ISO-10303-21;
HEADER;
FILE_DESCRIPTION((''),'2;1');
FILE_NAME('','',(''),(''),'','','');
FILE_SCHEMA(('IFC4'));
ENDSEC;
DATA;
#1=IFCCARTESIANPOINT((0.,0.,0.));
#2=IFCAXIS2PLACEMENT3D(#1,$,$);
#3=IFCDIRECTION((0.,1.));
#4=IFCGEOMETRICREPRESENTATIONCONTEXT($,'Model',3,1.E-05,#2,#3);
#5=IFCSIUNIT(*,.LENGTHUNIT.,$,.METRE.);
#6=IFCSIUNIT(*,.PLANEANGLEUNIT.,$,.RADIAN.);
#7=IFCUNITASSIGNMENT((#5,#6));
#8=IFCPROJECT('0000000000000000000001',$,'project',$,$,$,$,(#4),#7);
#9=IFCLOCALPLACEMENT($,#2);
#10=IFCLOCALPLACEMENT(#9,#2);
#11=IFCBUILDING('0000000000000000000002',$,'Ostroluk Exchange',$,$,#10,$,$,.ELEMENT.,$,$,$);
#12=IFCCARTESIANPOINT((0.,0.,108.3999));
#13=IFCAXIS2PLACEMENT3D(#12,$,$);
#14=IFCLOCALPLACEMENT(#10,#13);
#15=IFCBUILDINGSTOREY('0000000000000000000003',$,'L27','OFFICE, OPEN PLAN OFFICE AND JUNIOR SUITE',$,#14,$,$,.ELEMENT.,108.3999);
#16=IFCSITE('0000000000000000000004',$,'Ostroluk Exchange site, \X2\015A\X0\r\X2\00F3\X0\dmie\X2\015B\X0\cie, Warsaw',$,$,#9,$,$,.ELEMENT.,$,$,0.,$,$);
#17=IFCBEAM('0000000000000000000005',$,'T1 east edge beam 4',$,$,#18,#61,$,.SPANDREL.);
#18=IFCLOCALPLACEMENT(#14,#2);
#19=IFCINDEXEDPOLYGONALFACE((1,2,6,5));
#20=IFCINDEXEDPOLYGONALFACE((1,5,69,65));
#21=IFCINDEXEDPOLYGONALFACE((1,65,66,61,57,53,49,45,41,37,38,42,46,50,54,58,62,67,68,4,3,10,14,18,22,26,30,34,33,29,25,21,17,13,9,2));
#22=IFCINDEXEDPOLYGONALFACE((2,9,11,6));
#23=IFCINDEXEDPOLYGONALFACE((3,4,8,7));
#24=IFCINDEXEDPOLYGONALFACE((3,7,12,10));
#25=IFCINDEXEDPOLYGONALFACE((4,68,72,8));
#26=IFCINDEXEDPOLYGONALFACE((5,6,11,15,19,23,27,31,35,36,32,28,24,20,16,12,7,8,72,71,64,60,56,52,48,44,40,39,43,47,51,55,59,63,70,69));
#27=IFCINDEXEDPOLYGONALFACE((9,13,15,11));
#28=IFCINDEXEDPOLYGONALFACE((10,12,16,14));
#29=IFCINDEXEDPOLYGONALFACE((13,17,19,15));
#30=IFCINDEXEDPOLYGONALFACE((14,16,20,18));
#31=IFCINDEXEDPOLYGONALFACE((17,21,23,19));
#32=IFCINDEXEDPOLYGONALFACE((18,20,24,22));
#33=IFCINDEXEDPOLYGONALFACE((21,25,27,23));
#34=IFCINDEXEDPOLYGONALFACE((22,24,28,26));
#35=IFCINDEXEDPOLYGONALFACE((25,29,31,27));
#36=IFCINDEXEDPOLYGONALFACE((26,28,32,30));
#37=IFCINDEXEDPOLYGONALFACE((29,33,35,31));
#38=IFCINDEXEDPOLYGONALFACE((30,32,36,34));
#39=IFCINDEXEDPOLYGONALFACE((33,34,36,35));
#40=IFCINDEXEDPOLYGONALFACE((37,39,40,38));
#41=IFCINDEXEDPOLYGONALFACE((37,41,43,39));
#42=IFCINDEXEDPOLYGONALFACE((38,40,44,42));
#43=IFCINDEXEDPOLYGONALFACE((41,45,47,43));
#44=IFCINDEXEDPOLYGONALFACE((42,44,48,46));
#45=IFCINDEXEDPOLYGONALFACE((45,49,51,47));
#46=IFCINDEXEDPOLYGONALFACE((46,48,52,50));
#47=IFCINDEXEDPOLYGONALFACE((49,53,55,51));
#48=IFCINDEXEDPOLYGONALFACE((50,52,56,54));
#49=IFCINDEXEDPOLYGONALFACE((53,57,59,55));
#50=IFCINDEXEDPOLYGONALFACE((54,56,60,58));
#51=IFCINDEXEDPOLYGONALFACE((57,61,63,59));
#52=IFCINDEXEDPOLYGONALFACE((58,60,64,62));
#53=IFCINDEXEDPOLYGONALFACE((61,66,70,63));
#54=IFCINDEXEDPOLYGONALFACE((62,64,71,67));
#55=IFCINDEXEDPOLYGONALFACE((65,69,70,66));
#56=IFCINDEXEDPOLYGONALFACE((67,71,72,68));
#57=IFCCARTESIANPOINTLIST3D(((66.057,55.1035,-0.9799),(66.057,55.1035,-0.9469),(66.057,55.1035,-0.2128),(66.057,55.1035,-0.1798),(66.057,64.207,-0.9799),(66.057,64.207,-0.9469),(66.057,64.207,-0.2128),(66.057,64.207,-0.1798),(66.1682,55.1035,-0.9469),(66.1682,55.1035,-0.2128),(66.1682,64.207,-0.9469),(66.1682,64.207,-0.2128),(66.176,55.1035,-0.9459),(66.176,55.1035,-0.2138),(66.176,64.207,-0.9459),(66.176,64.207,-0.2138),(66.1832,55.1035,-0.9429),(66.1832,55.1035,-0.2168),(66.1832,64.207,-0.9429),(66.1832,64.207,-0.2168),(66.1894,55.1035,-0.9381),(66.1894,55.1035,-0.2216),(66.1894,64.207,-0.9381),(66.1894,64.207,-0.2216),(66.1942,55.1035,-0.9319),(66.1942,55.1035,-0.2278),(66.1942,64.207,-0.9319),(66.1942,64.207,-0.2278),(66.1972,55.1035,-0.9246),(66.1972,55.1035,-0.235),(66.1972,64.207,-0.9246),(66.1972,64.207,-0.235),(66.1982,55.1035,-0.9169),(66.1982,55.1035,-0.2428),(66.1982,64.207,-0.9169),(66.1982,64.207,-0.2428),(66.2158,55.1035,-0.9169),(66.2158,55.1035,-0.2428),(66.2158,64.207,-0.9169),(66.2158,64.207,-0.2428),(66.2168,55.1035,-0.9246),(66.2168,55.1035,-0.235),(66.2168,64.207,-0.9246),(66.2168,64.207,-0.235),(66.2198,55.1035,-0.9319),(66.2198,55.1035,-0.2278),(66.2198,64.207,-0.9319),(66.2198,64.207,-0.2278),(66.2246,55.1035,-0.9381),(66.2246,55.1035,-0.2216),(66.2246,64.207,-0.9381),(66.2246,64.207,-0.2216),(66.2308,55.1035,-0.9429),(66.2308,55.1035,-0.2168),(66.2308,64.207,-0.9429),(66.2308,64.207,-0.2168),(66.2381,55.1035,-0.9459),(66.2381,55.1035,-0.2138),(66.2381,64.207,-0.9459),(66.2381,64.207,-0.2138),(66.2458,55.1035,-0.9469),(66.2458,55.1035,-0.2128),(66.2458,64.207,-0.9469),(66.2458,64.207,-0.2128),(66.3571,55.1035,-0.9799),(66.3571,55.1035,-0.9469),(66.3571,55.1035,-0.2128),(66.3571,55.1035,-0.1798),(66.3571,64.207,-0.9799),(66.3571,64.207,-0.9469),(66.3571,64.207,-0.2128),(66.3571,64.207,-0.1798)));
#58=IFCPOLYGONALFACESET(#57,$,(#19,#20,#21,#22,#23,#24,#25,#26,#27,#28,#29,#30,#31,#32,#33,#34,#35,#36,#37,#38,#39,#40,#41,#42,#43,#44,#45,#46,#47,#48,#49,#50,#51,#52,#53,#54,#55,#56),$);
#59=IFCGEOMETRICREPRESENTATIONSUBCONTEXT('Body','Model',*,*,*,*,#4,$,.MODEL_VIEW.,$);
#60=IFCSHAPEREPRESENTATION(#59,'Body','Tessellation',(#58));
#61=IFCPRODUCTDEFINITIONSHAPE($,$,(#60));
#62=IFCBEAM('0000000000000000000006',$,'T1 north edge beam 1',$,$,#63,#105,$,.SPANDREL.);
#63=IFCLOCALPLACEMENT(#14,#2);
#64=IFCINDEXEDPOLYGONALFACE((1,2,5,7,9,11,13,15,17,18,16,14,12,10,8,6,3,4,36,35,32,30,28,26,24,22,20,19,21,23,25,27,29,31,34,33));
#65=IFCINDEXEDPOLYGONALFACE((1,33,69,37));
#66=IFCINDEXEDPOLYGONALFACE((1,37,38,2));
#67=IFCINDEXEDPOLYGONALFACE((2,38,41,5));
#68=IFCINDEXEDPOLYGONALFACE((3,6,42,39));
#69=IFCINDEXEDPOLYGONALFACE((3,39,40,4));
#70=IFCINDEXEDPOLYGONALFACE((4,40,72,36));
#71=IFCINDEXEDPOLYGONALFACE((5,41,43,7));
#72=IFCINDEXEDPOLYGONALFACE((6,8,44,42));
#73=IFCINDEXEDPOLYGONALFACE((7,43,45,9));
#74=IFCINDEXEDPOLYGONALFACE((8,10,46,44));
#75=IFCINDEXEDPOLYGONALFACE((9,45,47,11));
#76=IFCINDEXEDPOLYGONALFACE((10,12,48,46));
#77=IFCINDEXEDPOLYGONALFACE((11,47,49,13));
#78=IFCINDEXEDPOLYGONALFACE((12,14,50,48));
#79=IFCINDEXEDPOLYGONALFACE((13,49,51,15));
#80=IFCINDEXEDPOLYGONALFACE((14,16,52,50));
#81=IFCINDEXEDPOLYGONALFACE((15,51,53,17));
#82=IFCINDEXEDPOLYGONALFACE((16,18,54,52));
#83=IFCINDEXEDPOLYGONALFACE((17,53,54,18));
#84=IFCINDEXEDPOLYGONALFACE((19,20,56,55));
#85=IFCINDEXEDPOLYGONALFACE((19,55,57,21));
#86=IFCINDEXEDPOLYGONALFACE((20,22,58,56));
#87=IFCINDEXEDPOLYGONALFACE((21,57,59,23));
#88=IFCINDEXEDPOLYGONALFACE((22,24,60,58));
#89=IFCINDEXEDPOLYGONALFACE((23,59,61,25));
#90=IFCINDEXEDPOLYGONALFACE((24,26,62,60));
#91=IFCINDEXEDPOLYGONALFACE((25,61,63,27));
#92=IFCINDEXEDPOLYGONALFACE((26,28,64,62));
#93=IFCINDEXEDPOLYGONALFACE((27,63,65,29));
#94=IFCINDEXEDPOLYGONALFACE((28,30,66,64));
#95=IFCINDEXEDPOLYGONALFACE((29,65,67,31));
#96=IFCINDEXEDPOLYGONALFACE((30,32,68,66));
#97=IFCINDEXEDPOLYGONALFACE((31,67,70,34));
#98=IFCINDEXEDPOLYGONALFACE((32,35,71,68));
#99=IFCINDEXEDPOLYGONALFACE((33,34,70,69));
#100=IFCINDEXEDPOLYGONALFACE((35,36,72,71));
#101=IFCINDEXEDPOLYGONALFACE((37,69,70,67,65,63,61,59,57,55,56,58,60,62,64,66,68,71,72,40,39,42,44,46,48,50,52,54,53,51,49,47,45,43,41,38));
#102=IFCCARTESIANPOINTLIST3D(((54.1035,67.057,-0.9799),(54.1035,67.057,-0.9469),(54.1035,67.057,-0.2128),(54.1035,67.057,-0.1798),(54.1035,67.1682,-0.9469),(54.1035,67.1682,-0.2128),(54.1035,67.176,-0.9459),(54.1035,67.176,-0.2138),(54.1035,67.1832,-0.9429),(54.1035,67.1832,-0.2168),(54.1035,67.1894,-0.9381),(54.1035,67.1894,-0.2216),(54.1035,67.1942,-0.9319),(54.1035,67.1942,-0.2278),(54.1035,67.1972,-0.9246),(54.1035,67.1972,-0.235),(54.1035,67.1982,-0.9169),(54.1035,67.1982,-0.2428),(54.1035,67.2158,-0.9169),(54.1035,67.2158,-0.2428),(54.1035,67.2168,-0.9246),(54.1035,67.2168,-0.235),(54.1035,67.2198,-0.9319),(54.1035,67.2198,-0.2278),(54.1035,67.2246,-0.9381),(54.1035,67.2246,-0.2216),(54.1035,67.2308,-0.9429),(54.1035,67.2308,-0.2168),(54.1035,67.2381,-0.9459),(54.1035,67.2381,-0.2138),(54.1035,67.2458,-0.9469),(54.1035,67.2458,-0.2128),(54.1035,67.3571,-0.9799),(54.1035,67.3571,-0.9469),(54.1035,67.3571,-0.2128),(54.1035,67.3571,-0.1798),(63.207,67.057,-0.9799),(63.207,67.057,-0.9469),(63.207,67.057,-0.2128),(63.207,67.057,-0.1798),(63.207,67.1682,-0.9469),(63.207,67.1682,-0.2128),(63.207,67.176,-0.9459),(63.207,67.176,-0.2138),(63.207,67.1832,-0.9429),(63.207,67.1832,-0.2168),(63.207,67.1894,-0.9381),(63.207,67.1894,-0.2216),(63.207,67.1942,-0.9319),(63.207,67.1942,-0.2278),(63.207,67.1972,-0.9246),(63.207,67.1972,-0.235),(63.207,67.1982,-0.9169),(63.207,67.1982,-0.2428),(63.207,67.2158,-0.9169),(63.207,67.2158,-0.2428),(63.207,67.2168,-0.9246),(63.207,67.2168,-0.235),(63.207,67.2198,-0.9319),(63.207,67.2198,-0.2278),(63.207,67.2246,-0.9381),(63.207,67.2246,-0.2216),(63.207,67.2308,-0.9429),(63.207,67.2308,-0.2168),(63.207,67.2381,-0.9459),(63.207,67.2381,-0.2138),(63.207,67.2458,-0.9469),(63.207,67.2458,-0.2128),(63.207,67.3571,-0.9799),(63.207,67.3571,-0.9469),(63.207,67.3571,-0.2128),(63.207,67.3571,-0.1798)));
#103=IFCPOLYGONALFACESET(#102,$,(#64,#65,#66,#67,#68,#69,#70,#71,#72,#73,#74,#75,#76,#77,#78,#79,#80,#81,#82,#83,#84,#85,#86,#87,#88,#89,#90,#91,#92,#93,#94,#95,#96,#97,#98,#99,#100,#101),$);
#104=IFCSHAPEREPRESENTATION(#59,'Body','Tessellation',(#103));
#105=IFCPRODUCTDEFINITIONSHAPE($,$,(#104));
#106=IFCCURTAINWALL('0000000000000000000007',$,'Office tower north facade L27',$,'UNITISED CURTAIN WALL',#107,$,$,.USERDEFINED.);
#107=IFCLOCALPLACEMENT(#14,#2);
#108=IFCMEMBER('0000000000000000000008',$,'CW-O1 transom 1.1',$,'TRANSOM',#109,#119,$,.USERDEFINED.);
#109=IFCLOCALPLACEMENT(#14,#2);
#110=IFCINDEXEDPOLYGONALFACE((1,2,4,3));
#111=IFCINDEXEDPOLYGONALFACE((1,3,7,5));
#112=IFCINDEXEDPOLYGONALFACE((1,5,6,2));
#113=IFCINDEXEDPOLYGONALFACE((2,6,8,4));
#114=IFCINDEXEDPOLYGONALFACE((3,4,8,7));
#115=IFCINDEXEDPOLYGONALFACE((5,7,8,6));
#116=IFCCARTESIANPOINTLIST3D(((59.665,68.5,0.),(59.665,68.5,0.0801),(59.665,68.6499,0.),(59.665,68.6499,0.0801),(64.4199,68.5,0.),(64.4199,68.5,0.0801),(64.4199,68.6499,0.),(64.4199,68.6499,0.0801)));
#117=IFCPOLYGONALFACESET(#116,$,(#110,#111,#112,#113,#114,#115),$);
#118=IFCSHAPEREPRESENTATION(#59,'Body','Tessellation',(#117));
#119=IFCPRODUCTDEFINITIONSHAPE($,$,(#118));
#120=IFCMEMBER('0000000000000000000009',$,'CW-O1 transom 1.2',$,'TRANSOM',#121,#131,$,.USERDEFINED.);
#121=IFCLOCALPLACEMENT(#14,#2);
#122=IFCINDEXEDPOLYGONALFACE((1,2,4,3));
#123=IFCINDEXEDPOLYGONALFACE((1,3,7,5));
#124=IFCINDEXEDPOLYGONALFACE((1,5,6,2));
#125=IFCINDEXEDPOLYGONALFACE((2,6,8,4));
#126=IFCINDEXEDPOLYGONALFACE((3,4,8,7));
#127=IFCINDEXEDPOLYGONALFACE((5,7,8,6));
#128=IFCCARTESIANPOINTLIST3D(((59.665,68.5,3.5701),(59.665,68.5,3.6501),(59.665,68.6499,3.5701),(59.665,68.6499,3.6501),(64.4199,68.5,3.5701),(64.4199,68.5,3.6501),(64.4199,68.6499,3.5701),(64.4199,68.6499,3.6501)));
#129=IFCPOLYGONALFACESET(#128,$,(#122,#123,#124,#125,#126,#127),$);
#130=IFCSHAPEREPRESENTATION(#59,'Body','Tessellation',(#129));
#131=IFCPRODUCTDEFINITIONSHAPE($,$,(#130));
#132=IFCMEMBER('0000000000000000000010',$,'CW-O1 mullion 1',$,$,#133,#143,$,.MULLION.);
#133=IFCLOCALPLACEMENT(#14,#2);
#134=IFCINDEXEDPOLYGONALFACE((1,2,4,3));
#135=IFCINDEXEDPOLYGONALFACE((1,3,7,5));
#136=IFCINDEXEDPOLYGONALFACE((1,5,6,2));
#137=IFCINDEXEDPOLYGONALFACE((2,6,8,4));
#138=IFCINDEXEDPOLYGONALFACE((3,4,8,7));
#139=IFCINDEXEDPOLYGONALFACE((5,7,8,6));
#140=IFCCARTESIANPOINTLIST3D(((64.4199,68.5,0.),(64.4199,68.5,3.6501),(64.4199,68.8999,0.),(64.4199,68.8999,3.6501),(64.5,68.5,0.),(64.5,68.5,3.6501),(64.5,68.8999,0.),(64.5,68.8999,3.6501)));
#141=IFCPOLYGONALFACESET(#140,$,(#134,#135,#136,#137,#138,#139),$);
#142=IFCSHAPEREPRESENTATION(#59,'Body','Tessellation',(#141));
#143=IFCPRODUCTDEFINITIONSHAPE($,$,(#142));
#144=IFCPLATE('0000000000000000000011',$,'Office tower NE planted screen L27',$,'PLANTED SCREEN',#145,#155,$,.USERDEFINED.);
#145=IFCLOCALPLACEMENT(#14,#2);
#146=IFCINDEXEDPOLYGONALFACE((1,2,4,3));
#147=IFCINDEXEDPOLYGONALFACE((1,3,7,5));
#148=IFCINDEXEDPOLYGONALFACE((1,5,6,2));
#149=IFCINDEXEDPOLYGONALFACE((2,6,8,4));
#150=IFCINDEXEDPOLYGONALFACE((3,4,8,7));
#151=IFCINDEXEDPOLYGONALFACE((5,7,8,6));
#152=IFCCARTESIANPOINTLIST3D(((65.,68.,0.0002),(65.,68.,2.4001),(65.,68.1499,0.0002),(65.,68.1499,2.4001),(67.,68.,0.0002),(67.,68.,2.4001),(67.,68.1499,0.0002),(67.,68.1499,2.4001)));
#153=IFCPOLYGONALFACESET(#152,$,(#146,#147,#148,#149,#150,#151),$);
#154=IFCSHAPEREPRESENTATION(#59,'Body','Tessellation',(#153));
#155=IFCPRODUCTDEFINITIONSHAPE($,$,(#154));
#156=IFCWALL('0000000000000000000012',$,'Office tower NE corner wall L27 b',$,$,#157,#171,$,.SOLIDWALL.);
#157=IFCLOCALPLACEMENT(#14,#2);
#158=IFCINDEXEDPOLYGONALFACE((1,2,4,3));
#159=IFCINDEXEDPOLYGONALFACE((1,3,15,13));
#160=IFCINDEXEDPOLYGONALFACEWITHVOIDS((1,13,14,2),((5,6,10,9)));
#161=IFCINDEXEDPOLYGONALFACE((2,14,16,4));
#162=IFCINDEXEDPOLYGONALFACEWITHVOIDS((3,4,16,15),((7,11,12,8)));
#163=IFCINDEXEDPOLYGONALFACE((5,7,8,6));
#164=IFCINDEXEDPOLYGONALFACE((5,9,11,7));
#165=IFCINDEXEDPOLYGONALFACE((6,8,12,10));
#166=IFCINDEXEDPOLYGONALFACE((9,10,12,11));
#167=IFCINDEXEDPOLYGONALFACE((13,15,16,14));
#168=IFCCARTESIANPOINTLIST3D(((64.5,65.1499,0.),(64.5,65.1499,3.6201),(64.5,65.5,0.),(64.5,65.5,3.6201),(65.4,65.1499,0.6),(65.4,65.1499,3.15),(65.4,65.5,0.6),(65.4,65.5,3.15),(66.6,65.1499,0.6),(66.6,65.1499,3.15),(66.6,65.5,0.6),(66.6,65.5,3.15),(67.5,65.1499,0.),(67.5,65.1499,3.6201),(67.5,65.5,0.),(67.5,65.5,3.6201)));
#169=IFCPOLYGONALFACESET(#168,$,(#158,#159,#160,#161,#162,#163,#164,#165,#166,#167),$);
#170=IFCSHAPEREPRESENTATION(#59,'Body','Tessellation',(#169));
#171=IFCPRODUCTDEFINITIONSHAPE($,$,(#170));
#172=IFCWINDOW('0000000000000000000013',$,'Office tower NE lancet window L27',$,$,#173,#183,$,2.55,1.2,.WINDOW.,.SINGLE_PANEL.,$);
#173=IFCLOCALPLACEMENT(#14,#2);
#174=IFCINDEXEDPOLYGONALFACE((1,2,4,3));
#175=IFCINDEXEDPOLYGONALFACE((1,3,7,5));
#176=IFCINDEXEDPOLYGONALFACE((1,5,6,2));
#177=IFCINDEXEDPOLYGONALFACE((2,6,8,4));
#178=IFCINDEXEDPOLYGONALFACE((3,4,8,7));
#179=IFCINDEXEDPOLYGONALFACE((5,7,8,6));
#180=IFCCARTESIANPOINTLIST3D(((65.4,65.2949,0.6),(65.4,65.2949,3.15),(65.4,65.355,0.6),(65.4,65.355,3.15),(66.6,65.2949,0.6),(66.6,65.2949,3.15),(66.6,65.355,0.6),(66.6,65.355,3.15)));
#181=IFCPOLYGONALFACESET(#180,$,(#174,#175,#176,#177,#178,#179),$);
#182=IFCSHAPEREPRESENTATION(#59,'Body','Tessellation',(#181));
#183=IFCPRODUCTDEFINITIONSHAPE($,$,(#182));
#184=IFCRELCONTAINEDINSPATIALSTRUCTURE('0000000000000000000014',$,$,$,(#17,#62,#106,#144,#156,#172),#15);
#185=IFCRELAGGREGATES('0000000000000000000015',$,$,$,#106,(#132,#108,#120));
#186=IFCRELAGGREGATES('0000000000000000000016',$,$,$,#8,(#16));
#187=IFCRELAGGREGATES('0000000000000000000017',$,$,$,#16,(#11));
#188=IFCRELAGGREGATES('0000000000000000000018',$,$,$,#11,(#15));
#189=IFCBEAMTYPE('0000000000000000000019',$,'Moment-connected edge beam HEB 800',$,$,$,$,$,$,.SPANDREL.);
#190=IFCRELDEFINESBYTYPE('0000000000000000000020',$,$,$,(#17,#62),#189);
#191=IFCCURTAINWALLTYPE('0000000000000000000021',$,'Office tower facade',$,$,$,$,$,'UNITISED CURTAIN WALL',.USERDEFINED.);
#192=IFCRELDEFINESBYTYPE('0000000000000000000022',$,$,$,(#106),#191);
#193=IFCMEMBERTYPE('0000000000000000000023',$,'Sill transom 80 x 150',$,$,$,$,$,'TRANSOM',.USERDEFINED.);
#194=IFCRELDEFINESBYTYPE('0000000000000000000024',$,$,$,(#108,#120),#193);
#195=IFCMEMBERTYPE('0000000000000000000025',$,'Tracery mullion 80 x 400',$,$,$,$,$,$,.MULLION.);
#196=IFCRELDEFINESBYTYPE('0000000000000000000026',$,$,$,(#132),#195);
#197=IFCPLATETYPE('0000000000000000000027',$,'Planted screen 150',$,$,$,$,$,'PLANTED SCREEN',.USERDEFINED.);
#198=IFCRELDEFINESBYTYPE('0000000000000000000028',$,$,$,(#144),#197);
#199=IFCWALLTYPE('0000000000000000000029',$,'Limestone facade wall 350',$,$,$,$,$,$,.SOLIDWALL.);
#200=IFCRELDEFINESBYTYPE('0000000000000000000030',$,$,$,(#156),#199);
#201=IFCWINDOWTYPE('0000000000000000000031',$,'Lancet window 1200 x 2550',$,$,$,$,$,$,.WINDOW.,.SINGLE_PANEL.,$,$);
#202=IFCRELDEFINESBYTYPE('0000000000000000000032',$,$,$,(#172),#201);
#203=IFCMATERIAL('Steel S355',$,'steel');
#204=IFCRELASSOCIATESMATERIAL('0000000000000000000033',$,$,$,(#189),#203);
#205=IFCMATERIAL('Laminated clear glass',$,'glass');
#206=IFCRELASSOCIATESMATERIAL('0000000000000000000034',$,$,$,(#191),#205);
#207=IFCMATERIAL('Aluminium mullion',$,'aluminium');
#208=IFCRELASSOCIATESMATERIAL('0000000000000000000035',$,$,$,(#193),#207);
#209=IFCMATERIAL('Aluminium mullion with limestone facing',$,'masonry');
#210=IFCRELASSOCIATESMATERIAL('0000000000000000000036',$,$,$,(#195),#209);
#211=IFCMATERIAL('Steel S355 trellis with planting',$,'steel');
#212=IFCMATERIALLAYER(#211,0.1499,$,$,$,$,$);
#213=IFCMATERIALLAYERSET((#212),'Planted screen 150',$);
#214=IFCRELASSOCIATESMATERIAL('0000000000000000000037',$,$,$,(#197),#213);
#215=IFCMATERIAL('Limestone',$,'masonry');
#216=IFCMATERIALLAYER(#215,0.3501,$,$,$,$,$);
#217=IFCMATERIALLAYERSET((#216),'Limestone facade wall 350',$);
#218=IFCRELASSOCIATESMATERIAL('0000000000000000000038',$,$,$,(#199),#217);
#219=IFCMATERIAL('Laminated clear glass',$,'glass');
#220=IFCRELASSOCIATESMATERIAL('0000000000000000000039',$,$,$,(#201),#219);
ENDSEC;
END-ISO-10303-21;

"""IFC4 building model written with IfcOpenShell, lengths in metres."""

from ifc_helpers import new_model, si_unit, direction, frame, frame_2d, origin, origin_2d, place, context, subcontext, project, spatial, rectangle, i_section, extrude, material, layer, layer_set, material_profile, profile_set, type_object, element, fill, aggregate, save


model = new_model("IFC4")

# Units and contexts
model_context = context("Model", 3, precision=1e-05, world=origin(), true_north=direction((0.0, 1.0)))
body_context = subcontext(model_context, "Body", "Model", "MODEL_VIEW")
ifc_project = project(units=[si_unit("LENGTHUNIT", "METRE"), si_unit("PLANEANGLEUNIT", "RADIAN")], contexts=[model_context])

# Site, building, storey
site_placement = place(None, origin())
site = spatial("IfcSite", under=ifc_project, at=site_placement, Name="Ostroluk Exchange site, Śródmieście, Warsaw", CompositionType="ELEMENT", RefElevation=0.0)
building_placement = place(site_placement, origin())
building = spatial("IfcBuilding", under=site, at=building_placement, Name="Ostroluk Exchange", CompositionType="ELEMENT")
storey_placement = place(building_placement, frame((0.0, 0.0, 108.3999)))
storey = spatial("IfcBuildingStorey", under=building, at=storey_placement, Name="L27", Description="OFFICE, OPEN PLAN OFFICE AND JUNIOR SUITE", CompositionType="ELEMENT", Elevation=108.3999)

# Beams
ifc_material_1 = material(Name="Steel S355", Category="steel")
ifc_material_profile_1 = material_profile(ifc_material_1, i_section(OverallWidth=0.3, OverallDepth=0.8, WebThickness=0.0176, FlangeThickness=0.033, FilletRadius=0.03, at=origin_2d()), Name="HEB 800")
ifc_profile_set_1 = profile_set([ifc_material_profile_1], Name="Steel S355")
beam_type_1 = type_object("IfcBeamType", Name="Moment-connected edge beam HEB 800", PredefinedType="SPANDREL", material=ifc_profile_set_1)
for number, where, z_axis, x_axis, name in (
    (1, (66.207, 55.1035, -0.5798), (0.0, 1.0, 0.0), (-1.0, 0.0, 0.0), "T1 east edge beam 4"),
    (2, (63.207, 67.207, -0.5798), (-1.0, 0.0, 0.0), (0.0, -1.0, 0.0), "T1 north edge beam 1"),
):
    element("IfcBeam", number, at=place(storey_placement, frame(where, z_axis=z_axis, x_axis=x_axis)), inside=storey, type_object=beam_type_1, Name=name, PredefinedType="SPANDREL", context=body_context, shape_type="SweptSolid", body=[
        extrude(i_section(OverallWidth=0.3, OverallDepth=0.8, WebThickness=0.0176, FlangeThickness=0.033, FilletRadius=0.03, at=origin_2d()), origin(), (0.0, 0.0, 1.0), 9.1035),
    ])

# Curtain wall, members
ifc_material_2 = material(Name="Laminated clear glass", Category="glass")
curtain_wall_type = type_object("IfcCurtainWallType", Name="Office tower facade", ElementType="UNITISED CURTAIN WALL", PredefinedType="USERDEFINED", material=ifc_material_2)
curtain_wall_placement = place(storey_placement, origin())
curtain_wall = element("IfcCurtainWall", 3, at=curtain_wall_placement, inside=storey, type_object=curtain_wall_type, Name="Office tower north facade L27", ObjectType="UNITISED CURTAIN WALL", PredefinedType="USERDEFINED")
ifc_material_3 = material(Name="Aluminium mullion", Category="aluminium")
ifc_material_profile_2 = material_profile(ifc_material_3, rectangle(XDim=0.1499, YDim=0.0801, at=origin_2d()), Name="Sill transom 80 x 150")
ifc_profile_set_2 = profile_set([ifc_material_profile_2], Name="Aluminium mullion")
member_type_1 = type_object("IfcMemberType", Name="Sill transom 80 x 150", ElementType="TRANSOM", PredefinedType="USERDEFINED", material=ifc_profile_set_2)
member_1_placement = place(storey_placement, frame((64.4199, 68.575, 0.04), z_axis=(-1.0, 0.0, 0.0), x_axis=(0.0, -1.0, 0.0)))
member_1 = element("IfcMember", 4, at=member_1_placement, type_object=member_type_1, Name="CW-O1 transom 1.1", ObjectType="TRANSOM", PredefinedType="USERDEFINED", context=body_context, shape_type="SweptSolid", body=[
    extrude(rectangle(XDim=0.1499, YDim=0.0801, at=origin_2d()), origin(), (0.0, 0.0, 1.0), 4.7549),
])
member_2_placement = place(storey_placement, frame((64.4199, 68.575, 3.6101), z_axis=(-1.0, 0.0, 0.0), x_axis=(0.0, -1.0, 0.0)))
member_2 = element("IfcMember", 5, at=member_2_placement, type_object=member_type_1, Name="CW-O1 transom 1.2", ObjectType="TRANSOM", PredefinedType="USERDEFINED", context=body_context, shape_type="SweptSolid", body=[
    extrude(rectangle(XDim=0.1499, YDim=0.0801, at=origin_2d()), origin(), (0.0, 0.0, 1.0), 4.7549),
])
ifc_material_4 = material(Name="Aluminium mullion with limestone facing", Category="masonry")
ifc_material_profile_3 = material_profile(ifc_material_4, rectangle(XDim=0.3999, YDim=0.0801, at=origin_2d()), Name="Tracery mullion 80 x 400")
ifc_profile_set_3 = profile_set([ifc_material_profile_3], Name="Aluminium mullion with limestone facing")
member_type_2 = type_object("IfcMemberType", Name="Tracery mullion 80 x 400", PredefinedType="MULLION", material=ifc_profile_set_3)
member_3_placement = place(storey_placement, frame((64.46, 68.7, 0.0), z_axis=(0.0, 0.0, 1.0), x_axis=(0.0, -1.0, 0.0)))
member_3 = element("IfcMember", 6, at=member_3_placement, type_object=member_type_2, Name="CW-O1 mullion 1", PredefinedType="MULLION", context=body_context, shape_type="SweptSolid", body=[
    extrude(rectangle(XDim=0.3999, YDim=0.0801, at=origin_2d()), origin(), (0.0, 0.0, 1.0), 3.6501),
])
aggregate(curtain_wall, [member_3, member_1, member_2])

# Plate
ifc_material_5 = material(Name="Steel S355 trellis with planting", Category="steel")
ifc_layer_1 = layer(ifc_material_5, 0.1499)
ifc_layer_set_1 = layer_set([ifc_layer_1], Name="Planted screen 150")
plate_type = type_object("IfcPlateType", Name="Planted screen 150", ElementType="PLANTED SCREEN", PredefinedType="USERDEFINED", material=ifc_layer_set_1)
plate_placement = place(storey_placement, frame((66.0, 68.075, 0.0002), z_axis=(0.0, 0.0, 1.0), x_axis=(1.0, 0.0, 0.0)))
element("IfcPlate", 7, at=plate_placement, inside=storey, type_object=plate_type, Name="Office tower NE planted screen L27", ObjectType="PLANTED SCREEN", PredefinedType="USERDEFINED", context=body_context, shape_type="SweptSolid", body=[
    extrude(rectangle(XDim=2.0, YDim=0.1499, at=origin_2d()), origin(), (0.0, 0.0, 1.0), 2.3999),
])

# Shared definitions
ifc_material_6 = material(Name="Limestone", Category="masonry")
ifc_layer_2 = layer(ifc_material_6, 0.3501)
ifc_layer_set_2 = layer_set([ifc_layer_2], Name="Limestone facade wall 350")
wall_type_1 = type_object("IfcWallType", Name="Limestone facade wall 350", PredefinedType="SOLIDWALL", material=ifc_layer_set_2)

# Wall, opening, window
wall_1_placement = place(storey_placement, frame((64.5, 65.325, 0.0), z_axis=(0.0, 0.0, 1.0), x_axis=(1.0, 0.0, 0.0)))
wall_1 = element("IfcWall", 8, at=wall_1_placement, inside=storey, type_object=wall_type_1, Name="Office tower NE corner wall L27 b", PredefinedType="SOLIDWALL", context=body_context, shape_type="SweptSolid", body=[
    extrude(rectangle(XDim=3.0, YDim=0.3501, at=frame_2d((1.5, 0.0))), origin(), (0.0, 0.0, 1.0), 3.6201),
])
opening_1_placement = place(wall_1_placement, frame((0.8999, 0.0, 0.6001)))
opening_1 = element("IfcOpeningElement", 9, at=opening_1_placement, cuts=wall_1, PredefinedType="OPENING", context=body_context, shape_type="SweptSolid", body=[
    extrude(rectangle(XDim=1.2, YDim=2.55, at=frame_2d((0.6001, 1.2749))), frame((0.0, 0.1851, 0.0), z_axis=(0.0, -1.0, 0.0), x_axis=(1.0, 0.0, 0.0)), (0.0, 0.0, 1.0), 0.3701),
])
ifc_material_7 = material(Name="Laminated clear glass", Category="glass")
window_type = type_object("IfcWindowType", Name="Lancet window 1200 x 2550", PartitioningType="SINGLE_PANEL", PredefinedType="WINDOW", material=ifc_material_7)
window_placement = place(opening_1_placement, origin())
window = element("IfcWindow", 10, at=window_placement, inside=storey, type_object=window_type, Name="Office tower NE lancet window L27", OverallHeight=2.55, OverallWidth=1.2, PartitioningType="SINGLE_PANEL", PredefinedType="WINDOW", context=body_context, shape_type="SweptSolid", body=[
    extrude(rectangle(XDim=1.2, YDim=2.55, at=frame_2d((0.6001, 1.2749))), frame((0.0, 0.03, 0.0), z_axis=(0.0, -1.0, 0.0), x_axis=(1.0, 0.0, 0.0)), (0.0, 0.0, 1.0), 0.0601),
])
fill(opening_1, window)

save(model, "model.ifc")
